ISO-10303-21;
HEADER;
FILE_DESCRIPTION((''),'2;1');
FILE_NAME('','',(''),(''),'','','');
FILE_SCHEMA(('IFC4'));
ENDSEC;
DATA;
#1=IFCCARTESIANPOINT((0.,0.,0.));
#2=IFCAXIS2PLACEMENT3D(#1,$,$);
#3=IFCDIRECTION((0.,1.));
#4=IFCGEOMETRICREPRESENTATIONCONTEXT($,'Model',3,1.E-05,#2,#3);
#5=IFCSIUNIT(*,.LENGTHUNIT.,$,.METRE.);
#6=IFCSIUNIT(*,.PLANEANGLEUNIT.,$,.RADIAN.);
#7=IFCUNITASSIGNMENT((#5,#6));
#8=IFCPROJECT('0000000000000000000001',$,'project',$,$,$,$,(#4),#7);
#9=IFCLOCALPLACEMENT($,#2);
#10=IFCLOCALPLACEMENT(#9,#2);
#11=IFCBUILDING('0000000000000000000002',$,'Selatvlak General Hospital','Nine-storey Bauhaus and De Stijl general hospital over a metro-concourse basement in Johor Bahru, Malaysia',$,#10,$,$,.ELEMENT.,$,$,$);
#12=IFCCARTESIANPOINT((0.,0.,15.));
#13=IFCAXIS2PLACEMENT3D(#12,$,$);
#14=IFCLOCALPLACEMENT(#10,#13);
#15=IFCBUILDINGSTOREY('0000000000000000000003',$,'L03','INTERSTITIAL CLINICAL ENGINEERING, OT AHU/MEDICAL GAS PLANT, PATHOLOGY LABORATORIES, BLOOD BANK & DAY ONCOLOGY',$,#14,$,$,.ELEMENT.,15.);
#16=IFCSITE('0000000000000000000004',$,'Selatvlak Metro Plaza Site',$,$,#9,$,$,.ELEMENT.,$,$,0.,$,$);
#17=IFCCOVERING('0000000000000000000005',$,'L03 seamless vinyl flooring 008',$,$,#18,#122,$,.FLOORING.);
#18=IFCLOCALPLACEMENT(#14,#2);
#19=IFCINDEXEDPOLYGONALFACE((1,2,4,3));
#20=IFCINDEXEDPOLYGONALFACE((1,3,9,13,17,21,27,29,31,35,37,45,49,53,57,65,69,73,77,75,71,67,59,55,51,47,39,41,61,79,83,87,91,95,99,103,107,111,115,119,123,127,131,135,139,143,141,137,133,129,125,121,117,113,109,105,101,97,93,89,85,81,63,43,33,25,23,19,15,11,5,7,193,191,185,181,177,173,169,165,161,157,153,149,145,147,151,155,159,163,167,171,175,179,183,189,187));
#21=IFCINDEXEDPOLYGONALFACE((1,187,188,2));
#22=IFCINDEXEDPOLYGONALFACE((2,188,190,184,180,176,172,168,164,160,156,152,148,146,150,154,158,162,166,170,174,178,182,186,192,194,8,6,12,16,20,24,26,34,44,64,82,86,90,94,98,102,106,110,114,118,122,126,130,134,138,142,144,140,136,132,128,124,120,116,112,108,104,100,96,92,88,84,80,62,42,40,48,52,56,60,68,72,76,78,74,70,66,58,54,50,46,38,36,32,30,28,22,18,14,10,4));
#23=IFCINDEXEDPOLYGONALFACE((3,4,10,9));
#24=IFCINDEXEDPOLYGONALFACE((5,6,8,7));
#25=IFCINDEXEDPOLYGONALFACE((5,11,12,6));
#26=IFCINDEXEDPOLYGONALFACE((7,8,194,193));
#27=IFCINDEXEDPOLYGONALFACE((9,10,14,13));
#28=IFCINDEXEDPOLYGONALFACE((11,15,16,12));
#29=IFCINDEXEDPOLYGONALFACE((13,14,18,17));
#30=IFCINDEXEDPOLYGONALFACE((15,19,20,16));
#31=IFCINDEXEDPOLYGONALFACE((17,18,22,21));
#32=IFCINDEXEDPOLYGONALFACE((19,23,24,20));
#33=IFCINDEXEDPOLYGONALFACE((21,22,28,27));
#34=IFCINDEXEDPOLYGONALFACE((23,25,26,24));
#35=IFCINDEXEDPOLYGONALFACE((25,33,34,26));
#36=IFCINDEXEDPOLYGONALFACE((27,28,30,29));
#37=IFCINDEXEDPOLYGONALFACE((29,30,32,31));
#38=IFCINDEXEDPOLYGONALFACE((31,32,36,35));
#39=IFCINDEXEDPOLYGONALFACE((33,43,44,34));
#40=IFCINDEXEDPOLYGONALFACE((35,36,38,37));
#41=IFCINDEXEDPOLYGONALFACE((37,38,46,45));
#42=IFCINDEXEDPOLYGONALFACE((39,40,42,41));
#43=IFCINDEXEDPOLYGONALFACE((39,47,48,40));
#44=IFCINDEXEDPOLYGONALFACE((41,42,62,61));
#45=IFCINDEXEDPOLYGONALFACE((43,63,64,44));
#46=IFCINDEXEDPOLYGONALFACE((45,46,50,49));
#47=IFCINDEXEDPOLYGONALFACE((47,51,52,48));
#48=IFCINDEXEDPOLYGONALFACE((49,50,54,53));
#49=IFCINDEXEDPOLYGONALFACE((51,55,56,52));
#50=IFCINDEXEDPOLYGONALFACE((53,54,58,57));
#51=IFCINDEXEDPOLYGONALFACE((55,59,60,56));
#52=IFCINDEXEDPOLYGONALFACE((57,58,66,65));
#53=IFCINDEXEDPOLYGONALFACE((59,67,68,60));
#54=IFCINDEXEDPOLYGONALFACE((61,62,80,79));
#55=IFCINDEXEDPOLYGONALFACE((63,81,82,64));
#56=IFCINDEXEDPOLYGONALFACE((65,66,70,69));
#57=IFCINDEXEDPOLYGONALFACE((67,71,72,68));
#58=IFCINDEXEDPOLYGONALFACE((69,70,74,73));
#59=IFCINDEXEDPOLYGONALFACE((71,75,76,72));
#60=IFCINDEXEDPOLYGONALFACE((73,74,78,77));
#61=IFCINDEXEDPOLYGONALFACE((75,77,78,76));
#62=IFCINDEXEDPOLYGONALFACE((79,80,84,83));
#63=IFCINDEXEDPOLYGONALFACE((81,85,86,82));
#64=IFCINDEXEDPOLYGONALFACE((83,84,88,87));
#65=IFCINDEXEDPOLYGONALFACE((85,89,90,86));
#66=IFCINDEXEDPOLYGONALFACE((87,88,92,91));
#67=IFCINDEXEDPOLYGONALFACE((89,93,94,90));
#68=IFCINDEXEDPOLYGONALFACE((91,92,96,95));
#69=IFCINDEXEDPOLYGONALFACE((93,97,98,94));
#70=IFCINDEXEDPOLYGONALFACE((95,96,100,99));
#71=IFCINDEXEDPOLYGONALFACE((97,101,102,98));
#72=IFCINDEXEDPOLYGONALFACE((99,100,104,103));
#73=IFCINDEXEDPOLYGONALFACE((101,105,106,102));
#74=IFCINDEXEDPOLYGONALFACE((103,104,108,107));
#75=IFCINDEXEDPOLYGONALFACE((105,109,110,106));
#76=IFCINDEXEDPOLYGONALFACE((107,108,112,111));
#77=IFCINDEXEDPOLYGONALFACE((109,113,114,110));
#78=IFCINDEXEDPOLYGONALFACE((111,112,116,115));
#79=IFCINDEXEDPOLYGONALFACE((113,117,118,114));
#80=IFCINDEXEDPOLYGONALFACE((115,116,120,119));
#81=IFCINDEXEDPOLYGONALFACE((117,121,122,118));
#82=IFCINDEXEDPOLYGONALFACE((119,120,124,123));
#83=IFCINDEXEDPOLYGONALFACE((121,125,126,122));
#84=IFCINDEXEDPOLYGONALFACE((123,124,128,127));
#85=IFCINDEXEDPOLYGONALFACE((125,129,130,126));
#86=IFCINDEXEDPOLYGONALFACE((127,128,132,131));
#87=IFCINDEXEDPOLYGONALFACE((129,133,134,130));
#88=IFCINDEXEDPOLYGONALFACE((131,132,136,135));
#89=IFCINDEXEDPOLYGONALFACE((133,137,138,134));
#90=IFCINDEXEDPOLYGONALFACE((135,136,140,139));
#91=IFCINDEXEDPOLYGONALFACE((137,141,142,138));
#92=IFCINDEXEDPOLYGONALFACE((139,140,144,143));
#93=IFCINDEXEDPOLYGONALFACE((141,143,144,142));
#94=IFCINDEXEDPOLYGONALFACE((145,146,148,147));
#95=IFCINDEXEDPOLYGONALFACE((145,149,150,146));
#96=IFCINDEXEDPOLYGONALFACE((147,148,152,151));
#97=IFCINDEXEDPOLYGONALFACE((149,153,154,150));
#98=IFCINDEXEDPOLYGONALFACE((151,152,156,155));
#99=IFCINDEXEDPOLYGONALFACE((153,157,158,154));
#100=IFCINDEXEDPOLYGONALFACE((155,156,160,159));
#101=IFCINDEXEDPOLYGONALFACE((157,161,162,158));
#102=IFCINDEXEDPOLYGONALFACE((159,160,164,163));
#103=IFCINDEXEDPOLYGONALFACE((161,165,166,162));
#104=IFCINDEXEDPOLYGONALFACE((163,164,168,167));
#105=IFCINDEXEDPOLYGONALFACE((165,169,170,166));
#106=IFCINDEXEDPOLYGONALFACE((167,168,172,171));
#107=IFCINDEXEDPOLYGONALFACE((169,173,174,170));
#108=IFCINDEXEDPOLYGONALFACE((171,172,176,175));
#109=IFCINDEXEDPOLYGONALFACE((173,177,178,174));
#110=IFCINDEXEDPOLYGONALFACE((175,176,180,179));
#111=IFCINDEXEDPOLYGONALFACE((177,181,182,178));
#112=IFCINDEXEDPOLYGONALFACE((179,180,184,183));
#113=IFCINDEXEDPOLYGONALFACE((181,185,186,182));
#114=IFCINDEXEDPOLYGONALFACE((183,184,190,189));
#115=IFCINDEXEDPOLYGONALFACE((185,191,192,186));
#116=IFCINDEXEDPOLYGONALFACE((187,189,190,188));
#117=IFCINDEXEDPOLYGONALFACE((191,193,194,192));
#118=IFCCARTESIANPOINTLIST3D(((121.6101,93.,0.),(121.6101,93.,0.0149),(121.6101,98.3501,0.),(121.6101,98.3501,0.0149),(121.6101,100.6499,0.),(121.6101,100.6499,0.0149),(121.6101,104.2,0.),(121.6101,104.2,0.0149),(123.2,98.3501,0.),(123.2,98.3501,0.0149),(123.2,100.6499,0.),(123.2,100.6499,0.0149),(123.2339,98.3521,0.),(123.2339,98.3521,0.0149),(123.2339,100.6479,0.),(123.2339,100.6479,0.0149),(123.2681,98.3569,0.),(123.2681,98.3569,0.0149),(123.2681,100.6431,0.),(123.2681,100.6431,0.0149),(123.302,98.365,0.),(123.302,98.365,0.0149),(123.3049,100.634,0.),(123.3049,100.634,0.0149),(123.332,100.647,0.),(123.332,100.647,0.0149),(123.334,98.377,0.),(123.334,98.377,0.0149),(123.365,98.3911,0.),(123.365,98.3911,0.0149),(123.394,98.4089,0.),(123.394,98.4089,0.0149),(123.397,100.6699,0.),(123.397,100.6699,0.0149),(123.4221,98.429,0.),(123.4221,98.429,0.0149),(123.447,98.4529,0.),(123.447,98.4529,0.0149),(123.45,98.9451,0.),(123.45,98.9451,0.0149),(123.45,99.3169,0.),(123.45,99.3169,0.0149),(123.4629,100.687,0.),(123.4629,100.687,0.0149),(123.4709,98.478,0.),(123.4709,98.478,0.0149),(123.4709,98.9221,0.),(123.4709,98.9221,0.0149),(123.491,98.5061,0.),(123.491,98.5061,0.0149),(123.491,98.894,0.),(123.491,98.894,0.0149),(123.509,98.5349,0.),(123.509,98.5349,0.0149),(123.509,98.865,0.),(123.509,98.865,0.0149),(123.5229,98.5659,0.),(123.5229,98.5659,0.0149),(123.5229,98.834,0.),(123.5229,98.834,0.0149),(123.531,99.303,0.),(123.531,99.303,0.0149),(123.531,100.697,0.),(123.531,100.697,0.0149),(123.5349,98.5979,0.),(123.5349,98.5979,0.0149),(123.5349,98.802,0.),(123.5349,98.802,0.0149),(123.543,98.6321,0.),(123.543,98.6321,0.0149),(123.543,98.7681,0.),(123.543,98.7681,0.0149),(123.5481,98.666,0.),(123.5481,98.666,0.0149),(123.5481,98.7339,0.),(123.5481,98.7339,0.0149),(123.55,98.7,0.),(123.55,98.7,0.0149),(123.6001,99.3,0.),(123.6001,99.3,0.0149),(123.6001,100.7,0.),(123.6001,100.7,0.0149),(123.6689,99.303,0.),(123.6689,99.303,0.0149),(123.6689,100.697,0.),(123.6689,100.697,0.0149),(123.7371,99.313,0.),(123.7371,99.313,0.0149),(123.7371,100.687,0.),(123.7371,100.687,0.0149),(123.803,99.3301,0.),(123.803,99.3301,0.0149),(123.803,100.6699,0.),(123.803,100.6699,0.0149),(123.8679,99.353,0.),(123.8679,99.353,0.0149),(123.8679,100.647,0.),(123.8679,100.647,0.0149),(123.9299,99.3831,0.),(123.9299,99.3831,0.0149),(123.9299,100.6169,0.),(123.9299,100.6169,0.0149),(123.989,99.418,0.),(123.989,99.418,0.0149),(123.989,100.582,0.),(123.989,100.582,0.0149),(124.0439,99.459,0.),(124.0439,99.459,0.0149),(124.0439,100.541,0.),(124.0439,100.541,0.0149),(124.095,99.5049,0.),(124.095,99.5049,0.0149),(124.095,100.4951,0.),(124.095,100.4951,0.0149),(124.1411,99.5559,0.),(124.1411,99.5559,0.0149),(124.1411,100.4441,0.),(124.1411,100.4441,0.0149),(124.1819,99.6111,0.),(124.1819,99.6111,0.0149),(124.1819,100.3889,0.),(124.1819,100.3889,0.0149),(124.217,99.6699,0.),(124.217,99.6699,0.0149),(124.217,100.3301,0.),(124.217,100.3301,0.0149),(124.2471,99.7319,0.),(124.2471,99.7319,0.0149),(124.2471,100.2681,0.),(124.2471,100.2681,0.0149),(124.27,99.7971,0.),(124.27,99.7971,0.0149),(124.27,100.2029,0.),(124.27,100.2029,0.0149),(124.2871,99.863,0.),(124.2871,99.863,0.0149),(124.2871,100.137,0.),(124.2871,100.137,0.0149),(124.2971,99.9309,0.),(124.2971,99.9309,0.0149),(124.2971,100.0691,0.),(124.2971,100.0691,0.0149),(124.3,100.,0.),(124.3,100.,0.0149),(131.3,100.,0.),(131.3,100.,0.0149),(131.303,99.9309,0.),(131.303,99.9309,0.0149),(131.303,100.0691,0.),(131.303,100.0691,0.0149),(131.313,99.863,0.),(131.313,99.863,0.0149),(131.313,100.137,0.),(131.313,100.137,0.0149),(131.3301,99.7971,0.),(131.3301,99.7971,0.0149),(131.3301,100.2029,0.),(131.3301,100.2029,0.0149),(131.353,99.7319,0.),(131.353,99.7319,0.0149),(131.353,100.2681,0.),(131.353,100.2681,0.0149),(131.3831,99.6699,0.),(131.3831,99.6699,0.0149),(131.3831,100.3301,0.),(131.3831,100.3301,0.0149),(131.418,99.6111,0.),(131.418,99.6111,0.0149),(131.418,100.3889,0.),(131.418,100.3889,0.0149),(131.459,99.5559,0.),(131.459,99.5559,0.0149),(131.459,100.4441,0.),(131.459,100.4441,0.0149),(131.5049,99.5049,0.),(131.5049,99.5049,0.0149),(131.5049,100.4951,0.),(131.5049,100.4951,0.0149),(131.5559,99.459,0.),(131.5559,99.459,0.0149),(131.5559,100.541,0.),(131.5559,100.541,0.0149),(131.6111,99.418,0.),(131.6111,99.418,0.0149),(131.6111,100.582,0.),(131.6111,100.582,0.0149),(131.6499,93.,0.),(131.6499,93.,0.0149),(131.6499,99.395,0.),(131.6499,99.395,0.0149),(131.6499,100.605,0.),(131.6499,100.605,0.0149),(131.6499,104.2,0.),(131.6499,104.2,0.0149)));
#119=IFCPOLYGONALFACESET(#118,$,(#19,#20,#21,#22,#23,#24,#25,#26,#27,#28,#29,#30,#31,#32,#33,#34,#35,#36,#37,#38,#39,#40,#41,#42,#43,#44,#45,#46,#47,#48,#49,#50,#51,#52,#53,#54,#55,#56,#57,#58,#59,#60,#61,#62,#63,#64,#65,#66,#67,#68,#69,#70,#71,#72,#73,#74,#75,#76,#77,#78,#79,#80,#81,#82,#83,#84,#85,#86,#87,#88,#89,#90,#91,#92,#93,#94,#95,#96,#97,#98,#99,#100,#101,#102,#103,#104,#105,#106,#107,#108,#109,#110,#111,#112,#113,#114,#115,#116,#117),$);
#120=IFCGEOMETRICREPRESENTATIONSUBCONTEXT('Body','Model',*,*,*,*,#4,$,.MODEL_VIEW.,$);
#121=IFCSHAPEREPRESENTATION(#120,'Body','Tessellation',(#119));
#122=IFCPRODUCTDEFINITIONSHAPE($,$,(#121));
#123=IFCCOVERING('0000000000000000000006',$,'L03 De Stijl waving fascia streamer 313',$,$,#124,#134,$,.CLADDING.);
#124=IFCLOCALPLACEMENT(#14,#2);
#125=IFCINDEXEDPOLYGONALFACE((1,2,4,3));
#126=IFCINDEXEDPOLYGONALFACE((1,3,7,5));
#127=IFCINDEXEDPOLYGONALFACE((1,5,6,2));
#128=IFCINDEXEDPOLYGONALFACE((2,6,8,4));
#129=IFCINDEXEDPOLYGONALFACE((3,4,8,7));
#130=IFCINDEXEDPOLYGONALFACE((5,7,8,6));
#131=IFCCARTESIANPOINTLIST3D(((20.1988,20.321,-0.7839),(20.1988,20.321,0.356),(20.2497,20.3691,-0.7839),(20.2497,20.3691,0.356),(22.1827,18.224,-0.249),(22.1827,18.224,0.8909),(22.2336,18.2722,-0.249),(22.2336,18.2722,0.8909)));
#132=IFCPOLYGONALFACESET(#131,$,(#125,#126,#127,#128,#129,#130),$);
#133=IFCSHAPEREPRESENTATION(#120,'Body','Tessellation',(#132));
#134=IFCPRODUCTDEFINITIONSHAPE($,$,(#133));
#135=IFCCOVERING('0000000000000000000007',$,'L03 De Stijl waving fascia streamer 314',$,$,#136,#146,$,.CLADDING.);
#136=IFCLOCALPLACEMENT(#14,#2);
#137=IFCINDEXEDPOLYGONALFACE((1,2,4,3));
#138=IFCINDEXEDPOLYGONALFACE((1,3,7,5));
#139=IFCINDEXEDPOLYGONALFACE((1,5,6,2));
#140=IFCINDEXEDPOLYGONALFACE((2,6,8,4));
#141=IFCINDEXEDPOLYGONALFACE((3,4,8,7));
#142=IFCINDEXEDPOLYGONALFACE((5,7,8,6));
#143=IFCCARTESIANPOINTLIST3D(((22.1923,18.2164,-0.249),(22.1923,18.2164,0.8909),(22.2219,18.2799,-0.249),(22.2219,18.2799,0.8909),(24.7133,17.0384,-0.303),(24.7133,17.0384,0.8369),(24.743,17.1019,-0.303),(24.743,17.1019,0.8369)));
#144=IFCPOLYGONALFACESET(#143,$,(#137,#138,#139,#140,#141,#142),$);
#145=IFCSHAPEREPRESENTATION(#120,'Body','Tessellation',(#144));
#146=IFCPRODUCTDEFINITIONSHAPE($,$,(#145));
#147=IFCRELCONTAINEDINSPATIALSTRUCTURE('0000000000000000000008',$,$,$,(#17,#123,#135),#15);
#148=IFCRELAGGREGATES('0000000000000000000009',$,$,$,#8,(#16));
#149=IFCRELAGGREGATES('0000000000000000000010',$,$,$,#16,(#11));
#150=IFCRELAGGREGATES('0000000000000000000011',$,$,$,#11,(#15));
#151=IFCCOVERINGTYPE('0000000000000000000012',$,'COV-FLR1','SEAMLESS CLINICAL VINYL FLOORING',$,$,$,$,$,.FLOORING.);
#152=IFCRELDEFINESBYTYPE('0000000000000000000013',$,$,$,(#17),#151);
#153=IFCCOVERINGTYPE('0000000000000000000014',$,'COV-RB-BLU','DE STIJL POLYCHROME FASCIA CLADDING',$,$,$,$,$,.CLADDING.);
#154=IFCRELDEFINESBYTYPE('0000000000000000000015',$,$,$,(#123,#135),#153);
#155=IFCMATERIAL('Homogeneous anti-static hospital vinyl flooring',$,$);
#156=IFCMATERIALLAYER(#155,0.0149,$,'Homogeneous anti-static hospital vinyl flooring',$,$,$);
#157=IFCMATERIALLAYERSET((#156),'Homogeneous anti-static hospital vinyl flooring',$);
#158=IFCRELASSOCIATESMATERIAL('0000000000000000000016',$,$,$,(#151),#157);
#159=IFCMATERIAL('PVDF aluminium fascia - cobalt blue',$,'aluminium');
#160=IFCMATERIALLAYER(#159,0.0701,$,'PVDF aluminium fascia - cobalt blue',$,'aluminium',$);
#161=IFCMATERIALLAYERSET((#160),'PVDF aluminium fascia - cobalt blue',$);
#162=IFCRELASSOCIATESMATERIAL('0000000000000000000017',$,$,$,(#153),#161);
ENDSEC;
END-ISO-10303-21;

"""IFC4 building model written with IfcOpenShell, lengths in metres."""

from ifc_helpers import new_model, si_unit, direction, frame, origin, place, context, subcontext, project, spatial, polyline, outline, extrude, material, layer, layer_set, type_object, element, save


model = new_model("IFC4")

# Units and contexts
model_context = context("Model", 3, precision=1e-05, world=origin(), true_north=direction((0.0, 1.0)))
body_context = subcontext(model_context, "Body", "Model", "MODEL_VIEW")
ifc_project = project(units=[si_unit("LENGTHUNIT", "METRE"), si_unit("PLANEANGLEUNIT", "RADIAN")], contexts=[model_context])

# Site, building, storey
site_placement = place(None, origin())
site = spatial("IfcSite", under=ifc_project, at=site_placement, Name="Selatvlak Metro Plaza Site", CompositionType="ELEMENT", RefElevation=0.0)
building_placement = place(site_placement, origin())
building = spatial("IfcBuilding", under=site, at=building_placement, Name="Selatvlak General Hospital", Description="Nine-storey Bauhaus and De Stijl general hospital over a metro-concourse basement in Johor Bahru, Malaysia", CompositionType="ELEMENT")
storey_placement = place(building_placement, frame((0.0, 0.0, 15.0)))
storey = spatial("IfcBuildingStorey", under=building, at=storey_placement, Name="L03", Description="INTERSTITIAL CLINICAL ENGINEERING, OT AHU/MEDICAL GAS PLANT, PATHOLOGY LABORATORIES, BLOOD BANK & DAY ONCOLOGY", CompositionType="ELEMENT", Elevation=15.0)

# Coverings
ifc_material_1 = material(Name="Homogeneous anti-static hospital vinyl flooring")
ifc_layer_1 = layer(ifc_material_1, 0.0149, Name="Homogeneous anti-static hospital vinyl flooring")
ifc_layer_set_1 = layer_set([ifc_layer_1], Name="Homogeneous anti-static hospital vinyl flooring")
covering_type_1 = type_object("IfcCoveringType", Name="COV-FLR1", Description="SEAMLESS CLINICAL VINYL FLOORING", PredefinedType="FLOORING", material=ifc_layer_set_1)
covering_1_placement = place(storey_placement, origin())
element("IfcCovering", 1, at=covering_1_placement, inside=storey, type_object=covering_type_1, Name="L03 seamless vinyl flooring 008", PredefinedType="FLOORING", context=body_context, shape_type="SweptSolid", body=[
    extrude(outline(polyline([(131.6499, 104.2), (131.6499, 100.605), (131.6111, 100.582), (131.5559, 100.541), (131.5049, 100.4951), (131.459, 100.4441), (131.418, 100.3889), (131.3831, 100.3301), (131.353, 100.2681), (131.3301, 100.2029), (131.313, 100.137), (131.303, 100.0691), (131.3, 100.0), (131.303, 99.9309), (131.313, 99.863), (131.3301, 99.7971), (131.353, 99.7319), (131.3831, 99.6699), (131.418, 99.6111), (131.459, 99.5559), (131.5049, 99.5049), (131.5559, 99.459), (131.6111, 99.418), (131.6499, 99.395), (131.6499, 93.0), (121.6101, 93.0), (121.6101, 98.3501), (123.2, 98.3501), (123.2339, 98.3521), (123.2681, 98.3569), (123.302, 98.365), (123.334, 98.377), (123.365, 98.3911), (123.394, 98.4089), (123.4221, 98.429), (123.447, 98.4529), (123.4709, 98.478), (123.491, 98.5061), (123.509, 98.5349), (123.5229, 98.5659), (123.5349, 98.5979), (123.543, 98.6321), (123.5481, 98.666), (123.55, 98.7), (123.5481, 98.7339), (123.543, 98.7681), (123.5349, 98.802), (123.5229, 98.834), (123.509, 98.865), (123.491, 98.894), (123.4709, 98.9221), (123.45, 98.9451), (123.45, 99.3169), (123.531, 99.303), (123.6001, 99.3), (123.6689, 99.303), (123.7371, 99.313), (123.803, 99.3301), (123.8679, 99.353), (123.9299, 99.3831), (123.989, 99.418), (124.0439, 99.459), (124.095, 99.5049), (124.1411, 99.5559), (124.1819, 99.6111), (124.217, 99.6699), (124.2471, 99.7319), (124.27, 99.7971), (124.2871, 99.863), (124.2971, 99.9309), (124.3, 100.0), (124.2971, 100.0691), (124.2871, 100.137), (124.27, 100.2029), (124.2471, 100.2681), (124.217, 100.3301), (124.1819, 100.3889), (124.1411, 100.4441), (124.095, 100.4951), (124.0439, 100.541), (123.989, 100.582), (123.9299, 100.6169), (123.8679, 100.647), (123.803, 100.6699), (123.7371, 100.687), (123.6689, 100.697), (123.6001, 100.7), (123.531, 100.697), (123.4629, 100.687), (123.397, 100.6699), (123.332, 100.647), (123.3049, 100.634), (123.2681, 100.6431), (123.2339, 100.6479), (123.2, 100.6499), (121.6101, 100.6499), (121.6101, 104.2), (131.6499, 104.2)])), origin(), (0.0, 0.0, 1.0), 0.0149),
])
ifc_material_2 = material(Name="PVDF aluminium fascia - cobalt blue", Category="aluminium")
ifc_layer_2 = layer(ifc_material_2, 0.0701, Name="PVDF aluminium fascia - cobalt blue", Category="aluminium")
ifc_layer_set_2 = layer_set([ifc_layer_2], Name="PVDF aluminium fascia - cobalt blue")
covering_type_2 = type_object("IfcCoveringType", Name="COV-RB-BLU", Description="DE STIJL POLYCHROME FASCIA CLADDING", PredefinedType="CLADDING", material=ifc_layer_set_2)
covering_2_placement = place(storey_placement, frame((20.2241, 20.345, -0.7839), z_axis=(0.0, 0.0, 1.0), x_axis=(0.687257, -0.726415, 0.0)))
element("IfcCovering", 2, at=covering_2_placement, inside=storey, type_object=covering_type_2, Name="L03 De Stijl waving fascia streamer 313", PredefinedType="CLADDING", context=body_context, shape_type="SweptSolid", body=[
    extrude(outline(polyline([(0.0, 0.0), (2.8867, 0.5349), (2.8867, 1.6748), (0.0, 1.1399), (0.0, 0.0)])), frame((0.0, 0.0352, 0.0), z_axis=(0.0, -1.0, 0.0), x_axis=(1.0, 0.0, 0.0)), (0.0, 0.0, 1.0), 0.0701),
])
covering_3_placement = place(storey_placement, frame((22.207, 18.248, -0.249), z_axis=(0.0, 0.0, 1.0), x_axis=(0.905975, -0.423332, 0.0)))
element("IfcCovering", 3, at=covering_3_placement, inside=storey, type_object=covering_type_2, Name="L03 De Stijl waving fascia streamer 314", PredefinedType="CLADDING", context=body_context, shape_type="SweptSolid", body=[
    extrude(outline(polyline([(0.0, 0.0), (2.7827, -0.054), (2.7827, 1.0859), (0.0, 1.1399), (0.0, 0.0)])), frame((0.0, 0.0352, 0.0), z_axis=(0.0, -1.0, 0.0), x_axis=(1.0, 0.0, 0.0)), (0.0, 0.0, 1.0), 0.0701),
])

save(model, "model.ifc")
